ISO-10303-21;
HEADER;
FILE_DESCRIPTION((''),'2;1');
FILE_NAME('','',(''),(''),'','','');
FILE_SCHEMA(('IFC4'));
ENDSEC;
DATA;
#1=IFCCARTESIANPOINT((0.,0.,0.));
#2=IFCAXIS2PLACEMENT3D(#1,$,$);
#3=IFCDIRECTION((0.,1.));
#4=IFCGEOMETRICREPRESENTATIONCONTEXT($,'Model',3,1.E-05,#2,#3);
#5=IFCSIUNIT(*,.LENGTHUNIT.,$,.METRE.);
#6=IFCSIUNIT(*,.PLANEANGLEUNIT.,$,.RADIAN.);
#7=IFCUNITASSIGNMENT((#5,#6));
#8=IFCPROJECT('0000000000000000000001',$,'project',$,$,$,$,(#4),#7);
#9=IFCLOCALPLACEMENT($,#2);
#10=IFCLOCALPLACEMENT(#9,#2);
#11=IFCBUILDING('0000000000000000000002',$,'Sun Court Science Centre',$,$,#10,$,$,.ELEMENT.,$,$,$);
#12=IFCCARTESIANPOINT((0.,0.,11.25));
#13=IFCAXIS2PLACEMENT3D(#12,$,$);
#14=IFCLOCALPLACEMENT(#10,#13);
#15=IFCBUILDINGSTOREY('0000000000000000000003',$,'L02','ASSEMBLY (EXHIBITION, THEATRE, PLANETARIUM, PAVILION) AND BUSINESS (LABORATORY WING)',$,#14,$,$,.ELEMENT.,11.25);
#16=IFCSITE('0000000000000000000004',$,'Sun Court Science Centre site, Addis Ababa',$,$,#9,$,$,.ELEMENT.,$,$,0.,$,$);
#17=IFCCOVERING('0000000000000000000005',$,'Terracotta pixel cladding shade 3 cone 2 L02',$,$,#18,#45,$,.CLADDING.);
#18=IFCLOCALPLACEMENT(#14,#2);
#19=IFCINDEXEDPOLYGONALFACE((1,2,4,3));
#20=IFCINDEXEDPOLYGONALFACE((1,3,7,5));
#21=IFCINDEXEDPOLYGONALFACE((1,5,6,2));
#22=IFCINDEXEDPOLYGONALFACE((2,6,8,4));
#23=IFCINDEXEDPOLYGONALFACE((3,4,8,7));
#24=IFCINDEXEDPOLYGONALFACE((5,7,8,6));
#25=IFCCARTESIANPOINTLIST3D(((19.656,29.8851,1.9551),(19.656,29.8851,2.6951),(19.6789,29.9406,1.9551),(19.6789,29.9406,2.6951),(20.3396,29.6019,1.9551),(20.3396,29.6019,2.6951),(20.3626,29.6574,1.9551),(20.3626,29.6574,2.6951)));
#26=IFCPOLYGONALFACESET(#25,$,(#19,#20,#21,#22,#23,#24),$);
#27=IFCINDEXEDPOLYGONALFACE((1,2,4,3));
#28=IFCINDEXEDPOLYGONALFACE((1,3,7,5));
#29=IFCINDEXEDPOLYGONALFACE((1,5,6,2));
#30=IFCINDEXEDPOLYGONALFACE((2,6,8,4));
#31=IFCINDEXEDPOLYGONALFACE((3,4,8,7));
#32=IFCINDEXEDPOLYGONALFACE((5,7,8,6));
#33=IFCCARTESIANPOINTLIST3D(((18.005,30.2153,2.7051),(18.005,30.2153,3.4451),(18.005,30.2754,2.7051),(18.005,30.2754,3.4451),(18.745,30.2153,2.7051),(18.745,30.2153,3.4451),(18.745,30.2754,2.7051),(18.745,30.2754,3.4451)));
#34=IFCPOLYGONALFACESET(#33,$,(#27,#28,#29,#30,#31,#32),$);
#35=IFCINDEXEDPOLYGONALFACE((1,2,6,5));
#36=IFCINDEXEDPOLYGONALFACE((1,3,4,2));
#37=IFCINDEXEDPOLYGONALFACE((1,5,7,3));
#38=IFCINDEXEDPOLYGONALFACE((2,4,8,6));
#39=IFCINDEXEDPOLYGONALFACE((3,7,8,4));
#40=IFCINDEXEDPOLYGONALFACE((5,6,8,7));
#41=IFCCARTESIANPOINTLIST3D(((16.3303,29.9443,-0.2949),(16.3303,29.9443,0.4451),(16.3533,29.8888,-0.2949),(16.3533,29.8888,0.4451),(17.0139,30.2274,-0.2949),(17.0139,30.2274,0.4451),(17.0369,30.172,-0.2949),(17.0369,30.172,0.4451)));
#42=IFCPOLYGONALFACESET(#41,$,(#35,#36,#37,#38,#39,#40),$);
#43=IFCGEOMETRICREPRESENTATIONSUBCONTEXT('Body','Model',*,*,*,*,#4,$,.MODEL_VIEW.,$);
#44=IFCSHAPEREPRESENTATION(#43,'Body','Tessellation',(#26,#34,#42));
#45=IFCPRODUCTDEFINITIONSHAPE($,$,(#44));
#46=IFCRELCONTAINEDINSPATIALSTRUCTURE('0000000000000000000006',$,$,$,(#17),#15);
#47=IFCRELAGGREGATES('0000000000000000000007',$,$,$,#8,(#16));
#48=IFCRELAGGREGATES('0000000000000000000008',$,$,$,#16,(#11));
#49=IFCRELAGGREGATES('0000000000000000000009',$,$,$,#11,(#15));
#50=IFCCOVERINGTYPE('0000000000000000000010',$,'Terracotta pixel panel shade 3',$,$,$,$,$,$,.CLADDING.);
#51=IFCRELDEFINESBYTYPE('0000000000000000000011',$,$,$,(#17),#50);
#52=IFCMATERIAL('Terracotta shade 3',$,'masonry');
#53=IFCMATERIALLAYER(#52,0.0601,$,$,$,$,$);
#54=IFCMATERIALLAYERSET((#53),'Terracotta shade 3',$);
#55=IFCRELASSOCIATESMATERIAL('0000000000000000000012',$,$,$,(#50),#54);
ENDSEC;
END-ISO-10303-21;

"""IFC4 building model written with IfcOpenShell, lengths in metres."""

from ifc_helpers import new_model, si_unit, direction, frame, origin, origin_2d, place, context, subcontext, project, spatial, rectangle, extrude, material, layer, layer_set, type_object, element, save


model = new_model("IFC4")

# Units and contexts
model_context = context("Model", 3, precision=1e-05, world=origin(), true_north=direction((0.0, 1.0)))
body_context = subcontext(model_context, "Body", "Model", "MODEL_VIEW")
ifc_project = project(units=[si_unit("LENGTHUNIT", "METRE"), si_unit("PLANEANGLEUNIT", "RADIAN")], contexts=[model_context])

# Site, building, storey
site_placement = place(None, origin())
site = spatial("IfcSite", under=ifc_project, at=site_placement, Name="Sun Court Science Centre site, Addis Ababa", CompositionType="ELEMENT", RefElevation=0.0)
building_placement = place(site_placement, origin())
building = spatial("IfcBuilding", under=site, at=building_placement, Name="Sun Court Science Centre", CompositionType="ELEMENT")
storey_placement = place(building_placement, frame((0.0, 0.0, 11.25)))
storey = spatial("IfcBuildingStorey", under=building, at=storey_placement, Name="L02", Description="ASSEMBLY (EXHIBITION, THEATRE, PLANETARIUM, PAVILION) AND BUSINESS (LABORATORY WING)", CompositionType="ELEMENT", Elevation=11.25)

# Covering
ifc_material_1 = material(Name="Terracotta shade 3", Category="masonry")
ifc_layer_1 = layer(ifc_material_1, 0.0601)
ifc_layer_set_1 = layer_set([ifc_layer_1], Name="Terracotta shade 3")
covering_type_1 = type_object("IfcCoveringType", Name="Terracotta pixel panel shade 3", PredefinedType="CLADDING", material=ifc_layer_set_1)
covering_1_placement = place(storey_placement, frame((0.0, 0.0, -11.25)))
element("IfcCovering", 1, at=covering_1_placement, inside=storey, type_object=covering_type_1, Name="Terracotta pixel cladding shade 3 cone 2 L02", PredefinedType="CLADDING", context=body_context, shape_type="SweptSolid", body=[
    extrude(rectangle(XDim=0.74, YDim=0.0601, at=origin_2d()), frame((20.0093, 29.7712, 13.2051), z_axis=(0.0, 0.0, 1.0), x_axis=(0.92388, -0.382683, 0.0)), (0.0, 0.0, 1.0), 0.74),
    extrude(rectangle(XDim=0.74, YDim=0.0601, at=origin_2d()), frame((18.375, 30.2454, 13.9551), z_axis=(0.0, 0.0, 1.0), x_axis=(1.0, 0.0, 0.0)), (0.0, 0.0, 1.0), 0.74),
    extrude(rectangle(XDim=0.74, YDim=0.0601, at=origin_2d()), frame((16.6836, 30.0581, 10.9551), z_axis=(0.0, 0.0, 1.0), x_axis=(0.92388, 0.382683, 0.0)), (0.0, 0.0, 1.0), 0.74),
])

save(model, "model.ifc")
